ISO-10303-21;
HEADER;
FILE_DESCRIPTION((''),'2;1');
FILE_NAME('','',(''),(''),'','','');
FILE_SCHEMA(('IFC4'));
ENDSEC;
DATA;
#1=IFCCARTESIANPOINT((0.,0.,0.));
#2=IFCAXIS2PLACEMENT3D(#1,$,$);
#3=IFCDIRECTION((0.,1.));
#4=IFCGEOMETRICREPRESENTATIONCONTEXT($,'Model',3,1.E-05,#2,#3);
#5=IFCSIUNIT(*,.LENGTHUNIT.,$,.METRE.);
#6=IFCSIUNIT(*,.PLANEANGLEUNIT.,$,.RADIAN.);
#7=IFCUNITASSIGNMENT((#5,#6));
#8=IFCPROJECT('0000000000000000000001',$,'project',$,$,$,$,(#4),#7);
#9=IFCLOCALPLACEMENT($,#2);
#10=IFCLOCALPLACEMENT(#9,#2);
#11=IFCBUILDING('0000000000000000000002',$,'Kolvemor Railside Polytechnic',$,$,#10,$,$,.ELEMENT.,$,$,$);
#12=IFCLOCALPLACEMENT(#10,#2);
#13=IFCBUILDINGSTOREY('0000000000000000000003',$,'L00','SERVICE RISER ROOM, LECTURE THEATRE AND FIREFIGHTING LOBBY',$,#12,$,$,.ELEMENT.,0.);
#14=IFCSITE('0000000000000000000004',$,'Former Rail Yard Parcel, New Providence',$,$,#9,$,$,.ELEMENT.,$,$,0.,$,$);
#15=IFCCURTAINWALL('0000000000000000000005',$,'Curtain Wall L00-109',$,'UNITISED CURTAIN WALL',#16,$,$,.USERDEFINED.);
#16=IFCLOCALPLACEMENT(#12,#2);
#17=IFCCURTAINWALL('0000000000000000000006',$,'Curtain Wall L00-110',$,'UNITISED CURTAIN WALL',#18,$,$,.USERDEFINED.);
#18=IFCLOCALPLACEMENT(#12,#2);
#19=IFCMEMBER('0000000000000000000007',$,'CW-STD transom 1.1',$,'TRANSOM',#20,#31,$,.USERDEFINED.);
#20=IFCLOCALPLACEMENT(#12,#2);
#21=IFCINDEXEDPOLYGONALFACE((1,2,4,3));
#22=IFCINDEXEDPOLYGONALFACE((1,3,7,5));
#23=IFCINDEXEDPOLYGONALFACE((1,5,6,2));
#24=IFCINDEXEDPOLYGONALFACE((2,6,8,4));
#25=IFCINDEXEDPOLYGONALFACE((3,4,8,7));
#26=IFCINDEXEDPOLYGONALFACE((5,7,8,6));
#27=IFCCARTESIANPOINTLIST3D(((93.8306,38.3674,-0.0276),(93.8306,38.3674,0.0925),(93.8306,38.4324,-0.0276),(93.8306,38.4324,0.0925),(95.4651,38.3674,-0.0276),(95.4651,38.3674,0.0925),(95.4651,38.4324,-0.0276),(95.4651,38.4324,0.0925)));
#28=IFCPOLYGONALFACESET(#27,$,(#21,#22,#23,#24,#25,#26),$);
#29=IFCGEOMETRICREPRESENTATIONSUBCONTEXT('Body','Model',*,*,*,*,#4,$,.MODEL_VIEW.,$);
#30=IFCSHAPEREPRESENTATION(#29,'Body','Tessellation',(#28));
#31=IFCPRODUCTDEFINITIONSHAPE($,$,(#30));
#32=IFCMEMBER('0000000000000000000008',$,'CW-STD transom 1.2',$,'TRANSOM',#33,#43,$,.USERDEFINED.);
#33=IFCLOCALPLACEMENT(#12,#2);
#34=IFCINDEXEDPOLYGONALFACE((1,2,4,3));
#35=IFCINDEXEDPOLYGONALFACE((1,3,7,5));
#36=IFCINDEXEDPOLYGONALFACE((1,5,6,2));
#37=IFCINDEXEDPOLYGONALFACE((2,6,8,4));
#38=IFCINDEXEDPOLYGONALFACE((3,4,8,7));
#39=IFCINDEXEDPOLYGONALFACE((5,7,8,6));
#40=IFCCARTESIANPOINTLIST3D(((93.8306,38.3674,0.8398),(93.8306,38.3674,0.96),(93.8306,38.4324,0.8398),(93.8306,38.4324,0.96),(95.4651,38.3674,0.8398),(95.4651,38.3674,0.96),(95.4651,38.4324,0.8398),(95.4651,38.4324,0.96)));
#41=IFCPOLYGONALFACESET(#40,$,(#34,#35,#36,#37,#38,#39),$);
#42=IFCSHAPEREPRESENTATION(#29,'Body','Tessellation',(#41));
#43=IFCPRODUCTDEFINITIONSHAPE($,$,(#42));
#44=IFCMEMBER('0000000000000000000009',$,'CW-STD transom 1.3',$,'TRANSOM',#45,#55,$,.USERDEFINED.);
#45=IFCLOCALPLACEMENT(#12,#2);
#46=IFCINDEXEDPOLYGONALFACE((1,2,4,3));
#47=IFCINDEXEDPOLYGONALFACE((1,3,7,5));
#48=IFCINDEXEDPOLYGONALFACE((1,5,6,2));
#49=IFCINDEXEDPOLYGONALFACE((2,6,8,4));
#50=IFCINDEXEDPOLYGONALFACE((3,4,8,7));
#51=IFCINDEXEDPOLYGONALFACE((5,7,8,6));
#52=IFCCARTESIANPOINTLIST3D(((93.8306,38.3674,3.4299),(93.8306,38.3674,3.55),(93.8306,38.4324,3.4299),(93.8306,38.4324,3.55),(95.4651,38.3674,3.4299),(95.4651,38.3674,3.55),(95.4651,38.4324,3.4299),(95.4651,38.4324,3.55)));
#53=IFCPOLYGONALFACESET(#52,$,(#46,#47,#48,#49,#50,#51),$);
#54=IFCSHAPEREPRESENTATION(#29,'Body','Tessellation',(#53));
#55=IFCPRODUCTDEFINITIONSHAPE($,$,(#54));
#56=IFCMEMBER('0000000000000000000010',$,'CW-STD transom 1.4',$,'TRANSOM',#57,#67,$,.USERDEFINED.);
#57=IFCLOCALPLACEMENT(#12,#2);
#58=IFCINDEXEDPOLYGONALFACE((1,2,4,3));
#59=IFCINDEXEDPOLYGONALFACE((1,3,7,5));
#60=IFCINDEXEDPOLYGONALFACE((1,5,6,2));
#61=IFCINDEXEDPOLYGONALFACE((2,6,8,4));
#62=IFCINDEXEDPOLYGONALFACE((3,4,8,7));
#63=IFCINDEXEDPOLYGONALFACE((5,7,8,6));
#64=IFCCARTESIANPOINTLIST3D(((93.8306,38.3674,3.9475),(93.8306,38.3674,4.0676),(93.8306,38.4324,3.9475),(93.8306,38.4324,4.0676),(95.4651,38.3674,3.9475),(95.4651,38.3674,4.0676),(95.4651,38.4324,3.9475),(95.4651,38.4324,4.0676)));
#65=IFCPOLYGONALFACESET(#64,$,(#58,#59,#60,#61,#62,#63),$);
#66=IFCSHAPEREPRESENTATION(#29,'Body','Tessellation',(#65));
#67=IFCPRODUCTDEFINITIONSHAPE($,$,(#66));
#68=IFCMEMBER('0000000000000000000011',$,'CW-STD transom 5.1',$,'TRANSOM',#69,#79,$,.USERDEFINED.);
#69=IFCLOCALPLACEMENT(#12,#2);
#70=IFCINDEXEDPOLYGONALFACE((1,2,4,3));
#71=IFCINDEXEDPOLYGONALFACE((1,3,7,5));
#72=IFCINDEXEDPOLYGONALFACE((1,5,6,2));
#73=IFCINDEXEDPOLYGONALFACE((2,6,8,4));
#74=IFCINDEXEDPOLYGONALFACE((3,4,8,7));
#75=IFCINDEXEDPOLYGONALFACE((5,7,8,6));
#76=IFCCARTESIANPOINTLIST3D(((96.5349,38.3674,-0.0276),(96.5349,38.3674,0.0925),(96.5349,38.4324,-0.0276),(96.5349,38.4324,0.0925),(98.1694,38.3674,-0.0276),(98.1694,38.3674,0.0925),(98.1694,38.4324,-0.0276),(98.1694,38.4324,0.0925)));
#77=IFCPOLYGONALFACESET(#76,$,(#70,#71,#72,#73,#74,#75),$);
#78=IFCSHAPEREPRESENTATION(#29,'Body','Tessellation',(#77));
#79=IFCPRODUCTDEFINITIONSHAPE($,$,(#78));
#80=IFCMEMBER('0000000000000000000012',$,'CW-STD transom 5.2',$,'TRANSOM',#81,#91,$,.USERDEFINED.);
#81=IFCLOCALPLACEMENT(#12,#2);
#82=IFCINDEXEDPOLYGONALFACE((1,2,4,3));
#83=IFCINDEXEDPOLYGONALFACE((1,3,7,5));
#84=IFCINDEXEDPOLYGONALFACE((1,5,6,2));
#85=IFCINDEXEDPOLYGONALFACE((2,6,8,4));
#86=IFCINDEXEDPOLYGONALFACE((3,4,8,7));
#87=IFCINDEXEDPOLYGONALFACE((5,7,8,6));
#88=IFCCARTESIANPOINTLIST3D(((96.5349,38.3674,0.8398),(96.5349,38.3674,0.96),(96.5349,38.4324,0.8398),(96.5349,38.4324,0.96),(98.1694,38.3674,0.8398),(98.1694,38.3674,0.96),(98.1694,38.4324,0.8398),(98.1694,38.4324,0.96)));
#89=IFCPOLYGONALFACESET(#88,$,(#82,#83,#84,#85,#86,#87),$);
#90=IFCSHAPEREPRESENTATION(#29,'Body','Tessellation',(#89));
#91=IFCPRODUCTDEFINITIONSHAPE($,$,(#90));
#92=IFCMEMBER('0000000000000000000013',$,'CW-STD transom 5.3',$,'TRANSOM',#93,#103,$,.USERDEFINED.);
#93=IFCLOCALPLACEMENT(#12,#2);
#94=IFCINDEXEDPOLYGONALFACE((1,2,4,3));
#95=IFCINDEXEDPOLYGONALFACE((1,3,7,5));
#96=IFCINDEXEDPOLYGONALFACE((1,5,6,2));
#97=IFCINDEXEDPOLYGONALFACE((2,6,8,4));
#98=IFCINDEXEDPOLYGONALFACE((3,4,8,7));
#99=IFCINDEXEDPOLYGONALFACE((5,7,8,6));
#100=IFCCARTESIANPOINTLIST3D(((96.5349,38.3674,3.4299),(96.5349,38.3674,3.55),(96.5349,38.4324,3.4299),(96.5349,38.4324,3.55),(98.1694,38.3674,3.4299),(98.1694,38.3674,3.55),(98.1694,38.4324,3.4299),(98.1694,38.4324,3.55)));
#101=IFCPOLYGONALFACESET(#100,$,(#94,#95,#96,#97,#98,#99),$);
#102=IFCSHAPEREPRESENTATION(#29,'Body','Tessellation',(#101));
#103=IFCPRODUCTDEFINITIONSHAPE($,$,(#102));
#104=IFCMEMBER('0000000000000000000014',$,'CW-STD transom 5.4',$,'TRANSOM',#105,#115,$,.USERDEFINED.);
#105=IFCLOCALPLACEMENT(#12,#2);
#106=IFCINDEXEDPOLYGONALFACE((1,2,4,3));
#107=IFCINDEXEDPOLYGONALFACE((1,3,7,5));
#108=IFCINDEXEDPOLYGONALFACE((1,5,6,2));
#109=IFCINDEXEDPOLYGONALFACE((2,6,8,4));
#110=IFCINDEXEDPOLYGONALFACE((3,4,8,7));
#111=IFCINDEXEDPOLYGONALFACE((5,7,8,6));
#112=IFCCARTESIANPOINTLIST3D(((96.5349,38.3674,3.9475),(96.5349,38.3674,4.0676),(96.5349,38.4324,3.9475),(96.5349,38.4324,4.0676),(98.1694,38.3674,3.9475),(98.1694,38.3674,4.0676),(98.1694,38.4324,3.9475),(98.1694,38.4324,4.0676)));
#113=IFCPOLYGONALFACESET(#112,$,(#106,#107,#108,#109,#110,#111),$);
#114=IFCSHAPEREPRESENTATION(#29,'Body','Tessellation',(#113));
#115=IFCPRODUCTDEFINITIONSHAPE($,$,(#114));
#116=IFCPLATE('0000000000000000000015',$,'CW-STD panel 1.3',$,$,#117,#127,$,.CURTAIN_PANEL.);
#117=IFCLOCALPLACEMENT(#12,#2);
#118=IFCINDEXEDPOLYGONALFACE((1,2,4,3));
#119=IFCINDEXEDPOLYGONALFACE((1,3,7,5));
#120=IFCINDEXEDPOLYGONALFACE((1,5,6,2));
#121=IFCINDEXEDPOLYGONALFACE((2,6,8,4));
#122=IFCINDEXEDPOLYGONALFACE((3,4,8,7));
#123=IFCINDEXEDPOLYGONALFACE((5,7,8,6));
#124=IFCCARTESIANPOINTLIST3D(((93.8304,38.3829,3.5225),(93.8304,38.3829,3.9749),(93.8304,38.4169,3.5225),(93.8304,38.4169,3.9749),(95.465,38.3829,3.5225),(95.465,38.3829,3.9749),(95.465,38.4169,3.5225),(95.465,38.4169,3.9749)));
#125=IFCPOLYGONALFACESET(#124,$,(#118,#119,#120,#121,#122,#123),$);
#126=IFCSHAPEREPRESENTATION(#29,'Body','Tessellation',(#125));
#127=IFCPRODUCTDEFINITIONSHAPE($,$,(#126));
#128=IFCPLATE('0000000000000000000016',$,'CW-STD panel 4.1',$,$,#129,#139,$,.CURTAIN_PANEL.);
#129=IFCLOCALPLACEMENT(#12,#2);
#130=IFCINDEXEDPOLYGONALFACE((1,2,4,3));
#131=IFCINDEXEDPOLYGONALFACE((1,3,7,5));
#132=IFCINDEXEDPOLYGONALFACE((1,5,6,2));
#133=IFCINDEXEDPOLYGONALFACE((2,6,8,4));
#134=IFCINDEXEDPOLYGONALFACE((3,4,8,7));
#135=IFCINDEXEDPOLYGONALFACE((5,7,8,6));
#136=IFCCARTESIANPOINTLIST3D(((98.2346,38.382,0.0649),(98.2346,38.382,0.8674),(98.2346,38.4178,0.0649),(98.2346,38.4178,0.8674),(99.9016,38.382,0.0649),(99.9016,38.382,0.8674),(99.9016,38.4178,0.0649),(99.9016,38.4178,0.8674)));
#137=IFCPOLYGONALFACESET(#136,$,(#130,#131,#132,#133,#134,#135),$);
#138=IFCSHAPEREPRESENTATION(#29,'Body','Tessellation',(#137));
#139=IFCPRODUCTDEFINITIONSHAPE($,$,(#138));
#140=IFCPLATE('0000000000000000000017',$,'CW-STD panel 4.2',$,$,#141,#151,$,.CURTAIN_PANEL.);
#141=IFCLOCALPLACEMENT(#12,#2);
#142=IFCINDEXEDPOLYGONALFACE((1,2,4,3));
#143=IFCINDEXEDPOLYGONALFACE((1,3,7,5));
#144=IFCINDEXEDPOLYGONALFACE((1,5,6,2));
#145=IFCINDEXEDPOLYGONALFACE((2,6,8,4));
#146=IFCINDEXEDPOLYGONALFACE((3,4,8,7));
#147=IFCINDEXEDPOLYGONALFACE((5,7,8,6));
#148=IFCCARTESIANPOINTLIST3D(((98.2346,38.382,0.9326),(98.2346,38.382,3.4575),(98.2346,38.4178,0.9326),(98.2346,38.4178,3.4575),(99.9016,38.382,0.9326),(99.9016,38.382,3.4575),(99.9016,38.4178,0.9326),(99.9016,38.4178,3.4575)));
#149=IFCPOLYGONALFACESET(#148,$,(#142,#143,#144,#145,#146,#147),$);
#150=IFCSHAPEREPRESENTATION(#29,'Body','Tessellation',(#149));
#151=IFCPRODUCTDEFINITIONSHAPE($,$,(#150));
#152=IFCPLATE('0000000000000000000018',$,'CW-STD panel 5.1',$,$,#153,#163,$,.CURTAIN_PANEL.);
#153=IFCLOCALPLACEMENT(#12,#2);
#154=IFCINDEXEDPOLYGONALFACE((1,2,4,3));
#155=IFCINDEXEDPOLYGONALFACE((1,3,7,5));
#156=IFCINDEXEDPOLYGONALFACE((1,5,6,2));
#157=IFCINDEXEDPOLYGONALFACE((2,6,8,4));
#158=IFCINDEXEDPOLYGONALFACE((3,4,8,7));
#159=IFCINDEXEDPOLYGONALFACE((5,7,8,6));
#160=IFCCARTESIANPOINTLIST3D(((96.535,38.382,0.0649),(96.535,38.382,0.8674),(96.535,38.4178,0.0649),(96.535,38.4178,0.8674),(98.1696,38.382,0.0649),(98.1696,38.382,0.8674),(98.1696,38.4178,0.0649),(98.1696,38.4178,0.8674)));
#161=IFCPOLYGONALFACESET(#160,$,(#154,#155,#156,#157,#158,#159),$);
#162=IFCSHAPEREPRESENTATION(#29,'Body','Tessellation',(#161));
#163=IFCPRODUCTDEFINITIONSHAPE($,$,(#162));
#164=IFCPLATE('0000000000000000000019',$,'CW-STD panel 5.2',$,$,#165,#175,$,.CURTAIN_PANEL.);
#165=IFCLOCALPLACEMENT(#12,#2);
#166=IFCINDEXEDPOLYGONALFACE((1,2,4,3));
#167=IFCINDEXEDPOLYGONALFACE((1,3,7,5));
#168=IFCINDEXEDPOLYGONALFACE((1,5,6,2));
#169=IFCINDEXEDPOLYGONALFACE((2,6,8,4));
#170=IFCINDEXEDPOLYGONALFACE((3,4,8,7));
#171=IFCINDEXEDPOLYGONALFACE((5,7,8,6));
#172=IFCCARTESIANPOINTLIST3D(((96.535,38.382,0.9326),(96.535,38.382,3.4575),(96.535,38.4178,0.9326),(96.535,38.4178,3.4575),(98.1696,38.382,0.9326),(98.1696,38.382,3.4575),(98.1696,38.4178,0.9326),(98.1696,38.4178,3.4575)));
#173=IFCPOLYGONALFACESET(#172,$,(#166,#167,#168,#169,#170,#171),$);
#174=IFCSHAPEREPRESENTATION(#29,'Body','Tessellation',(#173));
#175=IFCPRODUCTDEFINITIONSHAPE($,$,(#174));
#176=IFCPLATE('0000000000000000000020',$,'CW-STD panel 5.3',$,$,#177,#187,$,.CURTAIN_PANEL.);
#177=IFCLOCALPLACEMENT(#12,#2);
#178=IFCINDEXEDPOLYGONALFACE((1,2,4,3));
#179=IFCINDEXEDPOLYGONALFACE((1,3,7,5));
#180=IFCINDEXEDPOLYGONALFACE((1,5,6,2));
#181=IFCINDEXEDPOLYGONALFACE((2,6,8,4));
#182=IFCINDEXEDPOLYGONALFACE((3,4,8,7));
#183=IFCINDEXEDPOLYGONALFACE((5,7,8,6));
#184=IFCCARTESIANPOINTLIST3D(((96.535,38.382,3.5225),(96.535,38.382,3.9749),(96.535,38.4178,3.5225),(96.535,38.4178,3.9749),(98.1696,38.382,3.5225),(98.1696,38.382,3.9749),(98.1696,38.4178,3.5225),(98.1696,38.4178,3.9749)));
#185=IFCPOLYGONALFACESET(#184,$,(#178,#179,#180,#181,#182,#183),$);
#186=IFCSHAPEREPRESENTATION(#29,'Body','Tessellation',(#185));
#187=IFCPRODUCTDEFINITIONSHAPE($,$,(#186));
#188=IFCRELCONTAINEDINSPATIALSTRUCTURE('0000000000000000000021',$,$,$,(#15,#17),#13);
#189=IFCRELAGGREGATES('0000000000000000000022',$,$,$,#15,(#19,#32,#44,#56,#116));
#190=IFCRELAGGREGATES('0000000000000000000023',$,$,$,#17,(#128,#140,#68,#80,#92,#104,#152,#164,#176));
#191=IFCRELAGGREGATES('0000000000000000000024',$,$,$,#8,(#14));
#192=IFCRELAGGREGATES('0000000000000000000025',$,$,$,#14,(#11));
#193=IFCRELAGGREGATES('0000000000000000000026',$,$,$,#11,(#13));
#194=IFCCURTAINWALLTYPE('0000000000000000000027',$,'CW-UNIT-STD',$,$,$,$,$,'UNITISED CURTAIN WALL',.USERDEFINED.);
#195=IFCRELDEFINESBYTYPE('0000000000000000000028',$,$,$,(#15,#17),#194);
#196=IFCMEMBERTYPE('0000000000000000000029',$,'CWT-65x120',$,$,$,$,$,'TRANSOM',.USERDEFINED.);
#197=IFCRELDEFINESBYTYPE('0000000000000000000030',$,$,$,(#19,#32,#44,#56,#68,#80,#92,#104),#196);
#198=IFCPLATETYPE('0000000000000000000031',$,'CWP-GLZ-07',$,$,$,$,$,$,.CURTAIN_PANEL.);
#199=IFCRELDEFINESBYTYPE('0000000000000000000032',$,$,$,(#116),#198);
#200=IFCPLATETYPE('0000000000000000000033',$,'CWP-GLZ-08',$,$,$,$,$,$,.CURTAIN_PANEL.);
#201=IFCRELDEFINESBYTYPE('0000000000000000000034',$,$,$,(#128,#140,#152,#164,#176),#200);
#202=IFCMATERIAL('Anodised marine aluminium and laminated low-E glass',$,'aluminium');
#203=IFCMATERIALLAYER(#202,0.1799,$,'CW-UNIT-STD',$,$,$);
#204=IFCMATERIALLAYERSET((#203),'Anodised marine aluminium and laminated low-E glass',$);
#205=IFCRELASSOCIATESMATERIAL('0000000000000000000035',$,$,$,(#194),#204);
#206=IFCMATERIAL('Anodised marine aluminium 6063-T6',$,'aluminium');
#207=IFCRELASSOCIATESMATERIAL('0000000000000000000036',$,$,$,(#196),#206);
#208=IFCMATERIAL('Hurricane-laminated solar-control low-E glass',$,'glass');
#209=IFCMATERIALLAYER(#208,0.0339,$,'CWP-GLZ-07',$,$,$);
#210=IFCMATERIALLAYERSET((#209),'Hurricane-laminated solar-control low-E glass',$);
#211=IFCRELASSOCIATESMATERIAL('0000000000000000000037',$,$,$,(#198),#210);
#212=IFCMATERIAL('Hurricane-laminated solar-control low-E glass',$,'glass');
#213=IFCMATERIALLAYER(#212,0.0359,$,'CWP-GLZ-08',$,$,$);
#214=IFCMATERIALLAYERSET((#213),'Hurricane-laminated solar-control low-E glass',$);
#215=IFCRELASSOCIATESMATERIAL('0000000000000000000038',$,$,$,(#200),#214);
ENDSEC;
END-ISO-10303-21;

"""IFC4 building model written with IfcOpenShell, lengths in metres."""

from ifc_helpers import new_model, si_unit, direction, frame, origin, origin_2d, place, context, subcontext, project, spatial, rectangle, extrude, material, layer, layer_set, material_profile, profile_set, type_object, element, aggregate, save


model = new_model("IFC4")

# Units and contexts
model_context = context("Model", 3, precision=1e-05, world=origin(), true_north=direction((0.0, 1.0)))
body_context = subcontext(model_context, "Body", "Model", "MODEL_VIEW")
ifc_project = project(units=[si_unit("LENGTHUNIT", "METRE"), si_unit("PLANEANGLEUNIT", "RADIAN")], contexts=[model_context])

# Site, building, storey
site_placement = place(None, origin())
site = spatial("IfcSite", under=ifc_project, at=site_placement, Name="Former Rail Yard Parcel, New Providence", CompositionType="ELEMENT", RefElevation=0.0)
building_placement = place(site_placement, origin())
building = spatial("IfcBuilding", under=site, at=building_placement, Name="Kolvemor Railside Polytechnic", CompositionType="ELEMENT")
storey_placement = place(building_placement, origin())
storey = spatial("IfcBuildingStorey", under=building, at=storey_placement, Name="L00", Description="SERVICE RISER ROOM, LECTURE THEATRE AND FIREFIGHTING LOBBY", CompositionType="ELEMENT", Elevation=0.0)

# Curtain wall
ifc_material_1 = material(Name="Anodised marine aluminium and laminated low-E glass", Category="aluminium")
ifc_layer_1 = layer(ifc_material_1, 0.1799, Name="CW-UNIT-STD")
ifc_layer_set_1 = layer_set([ifc_layer_1], Name="Anodised marine aluminium and laminated low-E glass")
curtain_wall_type = type_object("IfcCurtainWallType", Name="CW-UNIT-STD", ElementType="UNITISED CURTAIN WALL", PredefinedType="USERDEFINED", material=ifc_layer_set_1)
curtain_wall_1_placement = place(storey_placement, origin())
curtain_wall_1 = element("IfcCurtainWall", 1, at=curtain_wall_1_placement, inside=storey, type_object=curtain_wall_type, Name="Curtain Wall L00-109", ObjectType="UNITISED CURTAIN WALL", PredefinedType="USERDEFINED")

# Curtain wall
curtain_wall_2_placement = place(storey_placement, origin())
curtain_wall_2 = element("IfcCurtainWall", 2, at=curtain_wall_2_placement, inside=storey, type_object=curtain_wall_type, Name="Curtain Wall L00-110", ObjectType="UNITISED CURTAIN WALL", PredefinedType="USERDEFINED")

# Members
ifc_material_2 = material(Name="Anodised marine aluminium 6063-T6", Category="aluminium")
ifc_material_profile_1 = material_profile(ifc_material_2, rectangle(XDim=0.0649, YDim=0.1201, at=origin_2d()), Name="CW-TRN-65x120")
ifc_profile_set_1 = profile_set([ifc_material_profile_1], Name="Anodised marine aluminium 6063-T6")
member_type_1 = type_object("IfcMemberType", Name="CWT-65x120", ElementType="TRANSOM", PredefinedType="USERDEFINED", material=ifc_profile_set_1)
member_1_placement = place(storey_placement, frame((95.4651, 38.3999, 0.0325), z_axis=(-1.0, 0.0, 0.0), x_axis=(0.0, -1.0, 0.0)))
member_1 = element("IfcMember", 3, at=member_1_placement, type_object=member_type_1, Name="CW-STD transom 1.1", ObjectType="TRANSOM", PredefinedType="USERDEFINED", context=body_context, shape_type="SweptSolid", body=[
    extrude(rectangle(XDim=0.0649, YDim=0.1201, at=origin_2d()), origin(), (0.0, 0.0, 1.0), 1.6345),
])
member_2_placement = place(storey_placement, frame((95.4651, 38.3999, 0.8999), z_axis=(-1.0, 0.0, 0.0), x_axis=(0.0, -1.0, 0.0)))
member_2 = element("IfcMember", 4, at=member_2_placement, type_object=member_type_1, Name="CW-STD transom 1.2", ObjectType="TRANSOM", PredefinedType="USERDEFINED", context=body_context, shape_type="SweptSolid", body=[
    extrude(rectangle(XDim=0.0649, YDim=0.1201, at=origin_2d()), origin(), (0.0, 0.0, 1.0), 1.6345),
])
member_3_placement = place(storey_placement, frame((95.4651, 38.3999, 3.49), z_axis=(-1.0, 0.0, 0.0), x_axis=(0.0, -1.0, 0.0)))
member_3 = element("IfcMember", 5, at=member_3_placement, type_object=member_type_1, Name="CW-STD transom 1.3", ObjectType="TRANSOM", PredefinedType="USERDEFINED", context=body_context, shape_type="SweptSolid", body=[
    extrude(rectangle(XDim=0.0649, YDim=0.1201, at=origin_2d()), origin(), (0.0, 0.0, 1.0), 1.6345),
])
member_4_placement = place(storey_placement, frame((95.4651, 38.3999, 4.0076), z_axis=(-1.0, 0.0, 0.0), x_axis=(0.0, -1.0, 0.0)))
member_4 = element("IfcMember", 6, at=member_4_placement, type_object=member_type_1, Name="CW-STD transom 1.4", ObjectType="TRANSOM", PredefinedType="USERDEFINED", context=body_context, shape_type="SweptSolid", body=[
    extrude(rectangle(XDim=0.0649, YDim=0.1201, at=origin_2d()), origin(), (0.0, 0.0, 1.0), 1.6345),
])
member_5_placement = place(storey_placement, frame((98.1694, 38.3999, 0.0325), z_axis=(-1.0, 0.0, 0.0), x_axis=(0.0, -1.0, 0.0)))
member_5 = element("IfcMember", 7, at=member_5_placement, type_object=member_type_1, Name="CW-STD transom 5.1", ObjectType="TRANSOM", PredefinedType="USERDEFINED", context=body_context, shape_type="SweptSolid", body=[
    extrude(rectangle(XDim=0.0649, YDim=0.1201, at=origin_2d()), origin(), (0.0, 0.0, 1.0), 1.6345),
])
member_6_placement = place(storey_placement, frame((98.1694, 38.3999, 0.8999), z_axis=(-1.0, 0.0, 0.0), x_axis=(0.0, -1.0, 0.0)))
member_6 = element("IfcMember", 8, at=member_6_placement, type_object=member_type_1, Name="CW-STD transom 5.2", ObjectType="TRANSOM", PredefinedType="USERDEFINED", context=body_context, shape_type="SweptSolid", body=[
    extrude(rectangle(XDim=0.0649, YDim=0.1201, at=origin_2d()), origin(), (0.0, 0.0, 1.0), 1.6345),
])
member_7_placement = place(storey_placement, frame((98.1694, 38.3999, 3.49), z_axis=(-1.0, 0.0, 0.0), x_axis=(0.0, -1.0, 0.0)))
member_7 = element("IfcMember", 9, at=member_7_placement, type_object=member_type_1, Name="CW-STD transom 5.3", ObjectType="TRANSOM", PredefinedType="USERDEFINED", context=body_context, shape_type="SweptSolid", body=[
    extrude(rectangle(XDim=0.0649, YDim=0.1201, at=origin_2d()), origin(), (0.0, 0.0, 1.0), 1.6345),
])
member_8_placement = place(storey_placement, frame((98.1694, 38.3999, 4.0076), z_axis=(-1.0, 0.0, 0.0), x_axis=(0.0, -1.0, 0.0)))
member_8 = element("IfcMember", 10, at=member_8_placement, type_object=member_type_1, Name="CW-STD transom 5.4", ObjectType="TRANSOM", PredefinedType="USERDEFINED", context=body_context, shape_type="SweptSolid", body=[
    extrude(rectangle(XDim=0.0649, YDim=0.1201, at=origin_2d()), origin(), (0.0, 0.0, 1.0), 1.6345),
])

# Plates
ifc_material_3 = material(Name="Hurricane-laminated solar-control low-E glass", Category="glass")
ifc_layer_2 = layer(ifc_material_3, 0.0339, Name="CWP-GLZ-07")
ifc_layer_set_2 = layer_set([ifc_layer_2], Name="Hurricane-laminated solar-control low-E glass")
plate_type_1 = type_object("IfcPlateType", Name="CWP-GLZ-07", PredefinedType="CURTAIN_PANEL", material=ifc_layer_set_2)
plate_1_placement = place(storey_placement, frame((94.6477, 38.3999, 3.5225), z_axis=(0.0, 0.0, 1.0), x_axis=(-1.0, 0.0, 0.0)))
plate_1 = element("IfcPlate", 11, at=plate_1_placement, type_object=plate_type_1, Name="CW-STD panel 1.3", PredefinedType="CURTAIN_PANEL", context=body_context, shape_type="SweptSolid", body=[
    extrude(rectangle(XDim=1.6345, YDim=0.0339, at=origin_2d()), origin(), (0.0, 0.0, 1.0), 0.4524),
])
aggregate(curtain_wall_1, [member_1, member_2, member_3, member_4, plate_1])
ifc_material_4 = material(Name="Hurricane-laminated solar-control low-E glass", Category="glass")
ifc_layer_3 = layer(ifc_material_4, 0.0359, Name="CWP-GLZ-08")
ifc_layer_set_3 = layer_set([ifc_layer_3], Name="Hurricane-laminated solar-control low-E glass")
plate_type_2 = type_object("IfcPlateType", Name="CWP-GLZ-08", PredefinedType="CURTAIN_PANEL", material=ifc_layer_set_3)
plate_2_placement = place(storey_placement, frame((99.0681, 38.3999, 0.0649), z_axis=(0.0, 0.0, 1.0), x_axis=(-1.0, 0.0, 0.0)))
plate_2 = element("IfcPlate", 12, at=plate_2_placement, type_object=plate_type_2, Name="CW-STD panel 4.1", PredefinedType="CURTAIN_PANEL", context=body_context, shape_type="SweptSolid", body=[
    extrude(rectangle(XDim=1.667, YDim=0.0359, at=origin_2d()), origin(), (0.0, 0.0, 1.0), 0.8025),
])
plate_3_placement = place(storey_placement, frame((99.0681, 38.3999, 0.9326), z_axis=(0.0, 0.0, 1.0), x_axis=(-1.0, 0.0, 0.0)))
plate_3 = element("IfcPlate", 13, at=plate_3_placement, type_object=plate_type_2, Name="CW-STD panel 4.2", PredefinedType="CURTAIN_PANEL", context=body_context, shape_type="SweptSolid", body=[
    extrude(rectangle(XDim=1.667, YDim=0.0359, at=origin_2d()), origin(), (0.0, 0.0, 1.0), 2.5249),
])
plate_4_placement = place(storey_placement, frame((97.3523, 38.3999, 0.0649), z_axis=(0.0, 0.0, 1.0), x_axis=(-1.0, 0.0, 0.0)))
plate_4 = element("IfcPlate", 14, at=plate_4_placement, type_object=plate_type_2, Name="CW-STD panel 5.1", PredefinedType="CURTAIN_PANEL", context=body_context, shape_type="SweptSolid", body=[
    extrude(rectangle(XDim=1.6345, YDim=0.0359, at=origin_2d()), origin(), (0.0, 0.0, 1.0), 0.8025),
])
plate_5_placement = place(storey_placement, frame((97.3523, 38.3999, 0.9326), z_axis=(0.0, 0.0, 1.0), x_axis=(-1.0, 0.0, 0.0)))
plate_5 = element("IfcPlate", 15, at=plate_5_placement, type_object=plate_type_2, Name="CW-STD panel 5.2", PredefinedType="CURTAIN_PANEL", context=body_context, shape_type="SweptSolid", body=[
    extrude(rectangle(XDim=1.6345, YDim=0.0359, at=origin_2d()), origin(), (0.0, 0.0, 1.0), 2.5249),
])
plate_6_placement = place(storey_placement, frame((97.3523, 38.3999, 3.5225), z_axis=(0.0, 0.0, 1.0), x_axis=(-1.0, 0.0, 0.0)))
plate_6 = element("IfcPlate", 16, at=plate_6_placement, type_object=plate_type_2, Name="CW-STD panel 5.3", PredefinedType="CURTAIN_PANEL", context=body_context, shape_type="SweptSolid", body=[
    extrude(rectangle(XDim=1.6345, YDim=0.0359, at=origin_2d()), origin(), (0.0, 0.0, 1.0), 0.4524),
])
aggregate(curtain_wall_2, [plate_2, plate_3, member_5, member_6, member_7, member_8, plate_4, plate_5, plate_6])

save(model, "model.ifc")
